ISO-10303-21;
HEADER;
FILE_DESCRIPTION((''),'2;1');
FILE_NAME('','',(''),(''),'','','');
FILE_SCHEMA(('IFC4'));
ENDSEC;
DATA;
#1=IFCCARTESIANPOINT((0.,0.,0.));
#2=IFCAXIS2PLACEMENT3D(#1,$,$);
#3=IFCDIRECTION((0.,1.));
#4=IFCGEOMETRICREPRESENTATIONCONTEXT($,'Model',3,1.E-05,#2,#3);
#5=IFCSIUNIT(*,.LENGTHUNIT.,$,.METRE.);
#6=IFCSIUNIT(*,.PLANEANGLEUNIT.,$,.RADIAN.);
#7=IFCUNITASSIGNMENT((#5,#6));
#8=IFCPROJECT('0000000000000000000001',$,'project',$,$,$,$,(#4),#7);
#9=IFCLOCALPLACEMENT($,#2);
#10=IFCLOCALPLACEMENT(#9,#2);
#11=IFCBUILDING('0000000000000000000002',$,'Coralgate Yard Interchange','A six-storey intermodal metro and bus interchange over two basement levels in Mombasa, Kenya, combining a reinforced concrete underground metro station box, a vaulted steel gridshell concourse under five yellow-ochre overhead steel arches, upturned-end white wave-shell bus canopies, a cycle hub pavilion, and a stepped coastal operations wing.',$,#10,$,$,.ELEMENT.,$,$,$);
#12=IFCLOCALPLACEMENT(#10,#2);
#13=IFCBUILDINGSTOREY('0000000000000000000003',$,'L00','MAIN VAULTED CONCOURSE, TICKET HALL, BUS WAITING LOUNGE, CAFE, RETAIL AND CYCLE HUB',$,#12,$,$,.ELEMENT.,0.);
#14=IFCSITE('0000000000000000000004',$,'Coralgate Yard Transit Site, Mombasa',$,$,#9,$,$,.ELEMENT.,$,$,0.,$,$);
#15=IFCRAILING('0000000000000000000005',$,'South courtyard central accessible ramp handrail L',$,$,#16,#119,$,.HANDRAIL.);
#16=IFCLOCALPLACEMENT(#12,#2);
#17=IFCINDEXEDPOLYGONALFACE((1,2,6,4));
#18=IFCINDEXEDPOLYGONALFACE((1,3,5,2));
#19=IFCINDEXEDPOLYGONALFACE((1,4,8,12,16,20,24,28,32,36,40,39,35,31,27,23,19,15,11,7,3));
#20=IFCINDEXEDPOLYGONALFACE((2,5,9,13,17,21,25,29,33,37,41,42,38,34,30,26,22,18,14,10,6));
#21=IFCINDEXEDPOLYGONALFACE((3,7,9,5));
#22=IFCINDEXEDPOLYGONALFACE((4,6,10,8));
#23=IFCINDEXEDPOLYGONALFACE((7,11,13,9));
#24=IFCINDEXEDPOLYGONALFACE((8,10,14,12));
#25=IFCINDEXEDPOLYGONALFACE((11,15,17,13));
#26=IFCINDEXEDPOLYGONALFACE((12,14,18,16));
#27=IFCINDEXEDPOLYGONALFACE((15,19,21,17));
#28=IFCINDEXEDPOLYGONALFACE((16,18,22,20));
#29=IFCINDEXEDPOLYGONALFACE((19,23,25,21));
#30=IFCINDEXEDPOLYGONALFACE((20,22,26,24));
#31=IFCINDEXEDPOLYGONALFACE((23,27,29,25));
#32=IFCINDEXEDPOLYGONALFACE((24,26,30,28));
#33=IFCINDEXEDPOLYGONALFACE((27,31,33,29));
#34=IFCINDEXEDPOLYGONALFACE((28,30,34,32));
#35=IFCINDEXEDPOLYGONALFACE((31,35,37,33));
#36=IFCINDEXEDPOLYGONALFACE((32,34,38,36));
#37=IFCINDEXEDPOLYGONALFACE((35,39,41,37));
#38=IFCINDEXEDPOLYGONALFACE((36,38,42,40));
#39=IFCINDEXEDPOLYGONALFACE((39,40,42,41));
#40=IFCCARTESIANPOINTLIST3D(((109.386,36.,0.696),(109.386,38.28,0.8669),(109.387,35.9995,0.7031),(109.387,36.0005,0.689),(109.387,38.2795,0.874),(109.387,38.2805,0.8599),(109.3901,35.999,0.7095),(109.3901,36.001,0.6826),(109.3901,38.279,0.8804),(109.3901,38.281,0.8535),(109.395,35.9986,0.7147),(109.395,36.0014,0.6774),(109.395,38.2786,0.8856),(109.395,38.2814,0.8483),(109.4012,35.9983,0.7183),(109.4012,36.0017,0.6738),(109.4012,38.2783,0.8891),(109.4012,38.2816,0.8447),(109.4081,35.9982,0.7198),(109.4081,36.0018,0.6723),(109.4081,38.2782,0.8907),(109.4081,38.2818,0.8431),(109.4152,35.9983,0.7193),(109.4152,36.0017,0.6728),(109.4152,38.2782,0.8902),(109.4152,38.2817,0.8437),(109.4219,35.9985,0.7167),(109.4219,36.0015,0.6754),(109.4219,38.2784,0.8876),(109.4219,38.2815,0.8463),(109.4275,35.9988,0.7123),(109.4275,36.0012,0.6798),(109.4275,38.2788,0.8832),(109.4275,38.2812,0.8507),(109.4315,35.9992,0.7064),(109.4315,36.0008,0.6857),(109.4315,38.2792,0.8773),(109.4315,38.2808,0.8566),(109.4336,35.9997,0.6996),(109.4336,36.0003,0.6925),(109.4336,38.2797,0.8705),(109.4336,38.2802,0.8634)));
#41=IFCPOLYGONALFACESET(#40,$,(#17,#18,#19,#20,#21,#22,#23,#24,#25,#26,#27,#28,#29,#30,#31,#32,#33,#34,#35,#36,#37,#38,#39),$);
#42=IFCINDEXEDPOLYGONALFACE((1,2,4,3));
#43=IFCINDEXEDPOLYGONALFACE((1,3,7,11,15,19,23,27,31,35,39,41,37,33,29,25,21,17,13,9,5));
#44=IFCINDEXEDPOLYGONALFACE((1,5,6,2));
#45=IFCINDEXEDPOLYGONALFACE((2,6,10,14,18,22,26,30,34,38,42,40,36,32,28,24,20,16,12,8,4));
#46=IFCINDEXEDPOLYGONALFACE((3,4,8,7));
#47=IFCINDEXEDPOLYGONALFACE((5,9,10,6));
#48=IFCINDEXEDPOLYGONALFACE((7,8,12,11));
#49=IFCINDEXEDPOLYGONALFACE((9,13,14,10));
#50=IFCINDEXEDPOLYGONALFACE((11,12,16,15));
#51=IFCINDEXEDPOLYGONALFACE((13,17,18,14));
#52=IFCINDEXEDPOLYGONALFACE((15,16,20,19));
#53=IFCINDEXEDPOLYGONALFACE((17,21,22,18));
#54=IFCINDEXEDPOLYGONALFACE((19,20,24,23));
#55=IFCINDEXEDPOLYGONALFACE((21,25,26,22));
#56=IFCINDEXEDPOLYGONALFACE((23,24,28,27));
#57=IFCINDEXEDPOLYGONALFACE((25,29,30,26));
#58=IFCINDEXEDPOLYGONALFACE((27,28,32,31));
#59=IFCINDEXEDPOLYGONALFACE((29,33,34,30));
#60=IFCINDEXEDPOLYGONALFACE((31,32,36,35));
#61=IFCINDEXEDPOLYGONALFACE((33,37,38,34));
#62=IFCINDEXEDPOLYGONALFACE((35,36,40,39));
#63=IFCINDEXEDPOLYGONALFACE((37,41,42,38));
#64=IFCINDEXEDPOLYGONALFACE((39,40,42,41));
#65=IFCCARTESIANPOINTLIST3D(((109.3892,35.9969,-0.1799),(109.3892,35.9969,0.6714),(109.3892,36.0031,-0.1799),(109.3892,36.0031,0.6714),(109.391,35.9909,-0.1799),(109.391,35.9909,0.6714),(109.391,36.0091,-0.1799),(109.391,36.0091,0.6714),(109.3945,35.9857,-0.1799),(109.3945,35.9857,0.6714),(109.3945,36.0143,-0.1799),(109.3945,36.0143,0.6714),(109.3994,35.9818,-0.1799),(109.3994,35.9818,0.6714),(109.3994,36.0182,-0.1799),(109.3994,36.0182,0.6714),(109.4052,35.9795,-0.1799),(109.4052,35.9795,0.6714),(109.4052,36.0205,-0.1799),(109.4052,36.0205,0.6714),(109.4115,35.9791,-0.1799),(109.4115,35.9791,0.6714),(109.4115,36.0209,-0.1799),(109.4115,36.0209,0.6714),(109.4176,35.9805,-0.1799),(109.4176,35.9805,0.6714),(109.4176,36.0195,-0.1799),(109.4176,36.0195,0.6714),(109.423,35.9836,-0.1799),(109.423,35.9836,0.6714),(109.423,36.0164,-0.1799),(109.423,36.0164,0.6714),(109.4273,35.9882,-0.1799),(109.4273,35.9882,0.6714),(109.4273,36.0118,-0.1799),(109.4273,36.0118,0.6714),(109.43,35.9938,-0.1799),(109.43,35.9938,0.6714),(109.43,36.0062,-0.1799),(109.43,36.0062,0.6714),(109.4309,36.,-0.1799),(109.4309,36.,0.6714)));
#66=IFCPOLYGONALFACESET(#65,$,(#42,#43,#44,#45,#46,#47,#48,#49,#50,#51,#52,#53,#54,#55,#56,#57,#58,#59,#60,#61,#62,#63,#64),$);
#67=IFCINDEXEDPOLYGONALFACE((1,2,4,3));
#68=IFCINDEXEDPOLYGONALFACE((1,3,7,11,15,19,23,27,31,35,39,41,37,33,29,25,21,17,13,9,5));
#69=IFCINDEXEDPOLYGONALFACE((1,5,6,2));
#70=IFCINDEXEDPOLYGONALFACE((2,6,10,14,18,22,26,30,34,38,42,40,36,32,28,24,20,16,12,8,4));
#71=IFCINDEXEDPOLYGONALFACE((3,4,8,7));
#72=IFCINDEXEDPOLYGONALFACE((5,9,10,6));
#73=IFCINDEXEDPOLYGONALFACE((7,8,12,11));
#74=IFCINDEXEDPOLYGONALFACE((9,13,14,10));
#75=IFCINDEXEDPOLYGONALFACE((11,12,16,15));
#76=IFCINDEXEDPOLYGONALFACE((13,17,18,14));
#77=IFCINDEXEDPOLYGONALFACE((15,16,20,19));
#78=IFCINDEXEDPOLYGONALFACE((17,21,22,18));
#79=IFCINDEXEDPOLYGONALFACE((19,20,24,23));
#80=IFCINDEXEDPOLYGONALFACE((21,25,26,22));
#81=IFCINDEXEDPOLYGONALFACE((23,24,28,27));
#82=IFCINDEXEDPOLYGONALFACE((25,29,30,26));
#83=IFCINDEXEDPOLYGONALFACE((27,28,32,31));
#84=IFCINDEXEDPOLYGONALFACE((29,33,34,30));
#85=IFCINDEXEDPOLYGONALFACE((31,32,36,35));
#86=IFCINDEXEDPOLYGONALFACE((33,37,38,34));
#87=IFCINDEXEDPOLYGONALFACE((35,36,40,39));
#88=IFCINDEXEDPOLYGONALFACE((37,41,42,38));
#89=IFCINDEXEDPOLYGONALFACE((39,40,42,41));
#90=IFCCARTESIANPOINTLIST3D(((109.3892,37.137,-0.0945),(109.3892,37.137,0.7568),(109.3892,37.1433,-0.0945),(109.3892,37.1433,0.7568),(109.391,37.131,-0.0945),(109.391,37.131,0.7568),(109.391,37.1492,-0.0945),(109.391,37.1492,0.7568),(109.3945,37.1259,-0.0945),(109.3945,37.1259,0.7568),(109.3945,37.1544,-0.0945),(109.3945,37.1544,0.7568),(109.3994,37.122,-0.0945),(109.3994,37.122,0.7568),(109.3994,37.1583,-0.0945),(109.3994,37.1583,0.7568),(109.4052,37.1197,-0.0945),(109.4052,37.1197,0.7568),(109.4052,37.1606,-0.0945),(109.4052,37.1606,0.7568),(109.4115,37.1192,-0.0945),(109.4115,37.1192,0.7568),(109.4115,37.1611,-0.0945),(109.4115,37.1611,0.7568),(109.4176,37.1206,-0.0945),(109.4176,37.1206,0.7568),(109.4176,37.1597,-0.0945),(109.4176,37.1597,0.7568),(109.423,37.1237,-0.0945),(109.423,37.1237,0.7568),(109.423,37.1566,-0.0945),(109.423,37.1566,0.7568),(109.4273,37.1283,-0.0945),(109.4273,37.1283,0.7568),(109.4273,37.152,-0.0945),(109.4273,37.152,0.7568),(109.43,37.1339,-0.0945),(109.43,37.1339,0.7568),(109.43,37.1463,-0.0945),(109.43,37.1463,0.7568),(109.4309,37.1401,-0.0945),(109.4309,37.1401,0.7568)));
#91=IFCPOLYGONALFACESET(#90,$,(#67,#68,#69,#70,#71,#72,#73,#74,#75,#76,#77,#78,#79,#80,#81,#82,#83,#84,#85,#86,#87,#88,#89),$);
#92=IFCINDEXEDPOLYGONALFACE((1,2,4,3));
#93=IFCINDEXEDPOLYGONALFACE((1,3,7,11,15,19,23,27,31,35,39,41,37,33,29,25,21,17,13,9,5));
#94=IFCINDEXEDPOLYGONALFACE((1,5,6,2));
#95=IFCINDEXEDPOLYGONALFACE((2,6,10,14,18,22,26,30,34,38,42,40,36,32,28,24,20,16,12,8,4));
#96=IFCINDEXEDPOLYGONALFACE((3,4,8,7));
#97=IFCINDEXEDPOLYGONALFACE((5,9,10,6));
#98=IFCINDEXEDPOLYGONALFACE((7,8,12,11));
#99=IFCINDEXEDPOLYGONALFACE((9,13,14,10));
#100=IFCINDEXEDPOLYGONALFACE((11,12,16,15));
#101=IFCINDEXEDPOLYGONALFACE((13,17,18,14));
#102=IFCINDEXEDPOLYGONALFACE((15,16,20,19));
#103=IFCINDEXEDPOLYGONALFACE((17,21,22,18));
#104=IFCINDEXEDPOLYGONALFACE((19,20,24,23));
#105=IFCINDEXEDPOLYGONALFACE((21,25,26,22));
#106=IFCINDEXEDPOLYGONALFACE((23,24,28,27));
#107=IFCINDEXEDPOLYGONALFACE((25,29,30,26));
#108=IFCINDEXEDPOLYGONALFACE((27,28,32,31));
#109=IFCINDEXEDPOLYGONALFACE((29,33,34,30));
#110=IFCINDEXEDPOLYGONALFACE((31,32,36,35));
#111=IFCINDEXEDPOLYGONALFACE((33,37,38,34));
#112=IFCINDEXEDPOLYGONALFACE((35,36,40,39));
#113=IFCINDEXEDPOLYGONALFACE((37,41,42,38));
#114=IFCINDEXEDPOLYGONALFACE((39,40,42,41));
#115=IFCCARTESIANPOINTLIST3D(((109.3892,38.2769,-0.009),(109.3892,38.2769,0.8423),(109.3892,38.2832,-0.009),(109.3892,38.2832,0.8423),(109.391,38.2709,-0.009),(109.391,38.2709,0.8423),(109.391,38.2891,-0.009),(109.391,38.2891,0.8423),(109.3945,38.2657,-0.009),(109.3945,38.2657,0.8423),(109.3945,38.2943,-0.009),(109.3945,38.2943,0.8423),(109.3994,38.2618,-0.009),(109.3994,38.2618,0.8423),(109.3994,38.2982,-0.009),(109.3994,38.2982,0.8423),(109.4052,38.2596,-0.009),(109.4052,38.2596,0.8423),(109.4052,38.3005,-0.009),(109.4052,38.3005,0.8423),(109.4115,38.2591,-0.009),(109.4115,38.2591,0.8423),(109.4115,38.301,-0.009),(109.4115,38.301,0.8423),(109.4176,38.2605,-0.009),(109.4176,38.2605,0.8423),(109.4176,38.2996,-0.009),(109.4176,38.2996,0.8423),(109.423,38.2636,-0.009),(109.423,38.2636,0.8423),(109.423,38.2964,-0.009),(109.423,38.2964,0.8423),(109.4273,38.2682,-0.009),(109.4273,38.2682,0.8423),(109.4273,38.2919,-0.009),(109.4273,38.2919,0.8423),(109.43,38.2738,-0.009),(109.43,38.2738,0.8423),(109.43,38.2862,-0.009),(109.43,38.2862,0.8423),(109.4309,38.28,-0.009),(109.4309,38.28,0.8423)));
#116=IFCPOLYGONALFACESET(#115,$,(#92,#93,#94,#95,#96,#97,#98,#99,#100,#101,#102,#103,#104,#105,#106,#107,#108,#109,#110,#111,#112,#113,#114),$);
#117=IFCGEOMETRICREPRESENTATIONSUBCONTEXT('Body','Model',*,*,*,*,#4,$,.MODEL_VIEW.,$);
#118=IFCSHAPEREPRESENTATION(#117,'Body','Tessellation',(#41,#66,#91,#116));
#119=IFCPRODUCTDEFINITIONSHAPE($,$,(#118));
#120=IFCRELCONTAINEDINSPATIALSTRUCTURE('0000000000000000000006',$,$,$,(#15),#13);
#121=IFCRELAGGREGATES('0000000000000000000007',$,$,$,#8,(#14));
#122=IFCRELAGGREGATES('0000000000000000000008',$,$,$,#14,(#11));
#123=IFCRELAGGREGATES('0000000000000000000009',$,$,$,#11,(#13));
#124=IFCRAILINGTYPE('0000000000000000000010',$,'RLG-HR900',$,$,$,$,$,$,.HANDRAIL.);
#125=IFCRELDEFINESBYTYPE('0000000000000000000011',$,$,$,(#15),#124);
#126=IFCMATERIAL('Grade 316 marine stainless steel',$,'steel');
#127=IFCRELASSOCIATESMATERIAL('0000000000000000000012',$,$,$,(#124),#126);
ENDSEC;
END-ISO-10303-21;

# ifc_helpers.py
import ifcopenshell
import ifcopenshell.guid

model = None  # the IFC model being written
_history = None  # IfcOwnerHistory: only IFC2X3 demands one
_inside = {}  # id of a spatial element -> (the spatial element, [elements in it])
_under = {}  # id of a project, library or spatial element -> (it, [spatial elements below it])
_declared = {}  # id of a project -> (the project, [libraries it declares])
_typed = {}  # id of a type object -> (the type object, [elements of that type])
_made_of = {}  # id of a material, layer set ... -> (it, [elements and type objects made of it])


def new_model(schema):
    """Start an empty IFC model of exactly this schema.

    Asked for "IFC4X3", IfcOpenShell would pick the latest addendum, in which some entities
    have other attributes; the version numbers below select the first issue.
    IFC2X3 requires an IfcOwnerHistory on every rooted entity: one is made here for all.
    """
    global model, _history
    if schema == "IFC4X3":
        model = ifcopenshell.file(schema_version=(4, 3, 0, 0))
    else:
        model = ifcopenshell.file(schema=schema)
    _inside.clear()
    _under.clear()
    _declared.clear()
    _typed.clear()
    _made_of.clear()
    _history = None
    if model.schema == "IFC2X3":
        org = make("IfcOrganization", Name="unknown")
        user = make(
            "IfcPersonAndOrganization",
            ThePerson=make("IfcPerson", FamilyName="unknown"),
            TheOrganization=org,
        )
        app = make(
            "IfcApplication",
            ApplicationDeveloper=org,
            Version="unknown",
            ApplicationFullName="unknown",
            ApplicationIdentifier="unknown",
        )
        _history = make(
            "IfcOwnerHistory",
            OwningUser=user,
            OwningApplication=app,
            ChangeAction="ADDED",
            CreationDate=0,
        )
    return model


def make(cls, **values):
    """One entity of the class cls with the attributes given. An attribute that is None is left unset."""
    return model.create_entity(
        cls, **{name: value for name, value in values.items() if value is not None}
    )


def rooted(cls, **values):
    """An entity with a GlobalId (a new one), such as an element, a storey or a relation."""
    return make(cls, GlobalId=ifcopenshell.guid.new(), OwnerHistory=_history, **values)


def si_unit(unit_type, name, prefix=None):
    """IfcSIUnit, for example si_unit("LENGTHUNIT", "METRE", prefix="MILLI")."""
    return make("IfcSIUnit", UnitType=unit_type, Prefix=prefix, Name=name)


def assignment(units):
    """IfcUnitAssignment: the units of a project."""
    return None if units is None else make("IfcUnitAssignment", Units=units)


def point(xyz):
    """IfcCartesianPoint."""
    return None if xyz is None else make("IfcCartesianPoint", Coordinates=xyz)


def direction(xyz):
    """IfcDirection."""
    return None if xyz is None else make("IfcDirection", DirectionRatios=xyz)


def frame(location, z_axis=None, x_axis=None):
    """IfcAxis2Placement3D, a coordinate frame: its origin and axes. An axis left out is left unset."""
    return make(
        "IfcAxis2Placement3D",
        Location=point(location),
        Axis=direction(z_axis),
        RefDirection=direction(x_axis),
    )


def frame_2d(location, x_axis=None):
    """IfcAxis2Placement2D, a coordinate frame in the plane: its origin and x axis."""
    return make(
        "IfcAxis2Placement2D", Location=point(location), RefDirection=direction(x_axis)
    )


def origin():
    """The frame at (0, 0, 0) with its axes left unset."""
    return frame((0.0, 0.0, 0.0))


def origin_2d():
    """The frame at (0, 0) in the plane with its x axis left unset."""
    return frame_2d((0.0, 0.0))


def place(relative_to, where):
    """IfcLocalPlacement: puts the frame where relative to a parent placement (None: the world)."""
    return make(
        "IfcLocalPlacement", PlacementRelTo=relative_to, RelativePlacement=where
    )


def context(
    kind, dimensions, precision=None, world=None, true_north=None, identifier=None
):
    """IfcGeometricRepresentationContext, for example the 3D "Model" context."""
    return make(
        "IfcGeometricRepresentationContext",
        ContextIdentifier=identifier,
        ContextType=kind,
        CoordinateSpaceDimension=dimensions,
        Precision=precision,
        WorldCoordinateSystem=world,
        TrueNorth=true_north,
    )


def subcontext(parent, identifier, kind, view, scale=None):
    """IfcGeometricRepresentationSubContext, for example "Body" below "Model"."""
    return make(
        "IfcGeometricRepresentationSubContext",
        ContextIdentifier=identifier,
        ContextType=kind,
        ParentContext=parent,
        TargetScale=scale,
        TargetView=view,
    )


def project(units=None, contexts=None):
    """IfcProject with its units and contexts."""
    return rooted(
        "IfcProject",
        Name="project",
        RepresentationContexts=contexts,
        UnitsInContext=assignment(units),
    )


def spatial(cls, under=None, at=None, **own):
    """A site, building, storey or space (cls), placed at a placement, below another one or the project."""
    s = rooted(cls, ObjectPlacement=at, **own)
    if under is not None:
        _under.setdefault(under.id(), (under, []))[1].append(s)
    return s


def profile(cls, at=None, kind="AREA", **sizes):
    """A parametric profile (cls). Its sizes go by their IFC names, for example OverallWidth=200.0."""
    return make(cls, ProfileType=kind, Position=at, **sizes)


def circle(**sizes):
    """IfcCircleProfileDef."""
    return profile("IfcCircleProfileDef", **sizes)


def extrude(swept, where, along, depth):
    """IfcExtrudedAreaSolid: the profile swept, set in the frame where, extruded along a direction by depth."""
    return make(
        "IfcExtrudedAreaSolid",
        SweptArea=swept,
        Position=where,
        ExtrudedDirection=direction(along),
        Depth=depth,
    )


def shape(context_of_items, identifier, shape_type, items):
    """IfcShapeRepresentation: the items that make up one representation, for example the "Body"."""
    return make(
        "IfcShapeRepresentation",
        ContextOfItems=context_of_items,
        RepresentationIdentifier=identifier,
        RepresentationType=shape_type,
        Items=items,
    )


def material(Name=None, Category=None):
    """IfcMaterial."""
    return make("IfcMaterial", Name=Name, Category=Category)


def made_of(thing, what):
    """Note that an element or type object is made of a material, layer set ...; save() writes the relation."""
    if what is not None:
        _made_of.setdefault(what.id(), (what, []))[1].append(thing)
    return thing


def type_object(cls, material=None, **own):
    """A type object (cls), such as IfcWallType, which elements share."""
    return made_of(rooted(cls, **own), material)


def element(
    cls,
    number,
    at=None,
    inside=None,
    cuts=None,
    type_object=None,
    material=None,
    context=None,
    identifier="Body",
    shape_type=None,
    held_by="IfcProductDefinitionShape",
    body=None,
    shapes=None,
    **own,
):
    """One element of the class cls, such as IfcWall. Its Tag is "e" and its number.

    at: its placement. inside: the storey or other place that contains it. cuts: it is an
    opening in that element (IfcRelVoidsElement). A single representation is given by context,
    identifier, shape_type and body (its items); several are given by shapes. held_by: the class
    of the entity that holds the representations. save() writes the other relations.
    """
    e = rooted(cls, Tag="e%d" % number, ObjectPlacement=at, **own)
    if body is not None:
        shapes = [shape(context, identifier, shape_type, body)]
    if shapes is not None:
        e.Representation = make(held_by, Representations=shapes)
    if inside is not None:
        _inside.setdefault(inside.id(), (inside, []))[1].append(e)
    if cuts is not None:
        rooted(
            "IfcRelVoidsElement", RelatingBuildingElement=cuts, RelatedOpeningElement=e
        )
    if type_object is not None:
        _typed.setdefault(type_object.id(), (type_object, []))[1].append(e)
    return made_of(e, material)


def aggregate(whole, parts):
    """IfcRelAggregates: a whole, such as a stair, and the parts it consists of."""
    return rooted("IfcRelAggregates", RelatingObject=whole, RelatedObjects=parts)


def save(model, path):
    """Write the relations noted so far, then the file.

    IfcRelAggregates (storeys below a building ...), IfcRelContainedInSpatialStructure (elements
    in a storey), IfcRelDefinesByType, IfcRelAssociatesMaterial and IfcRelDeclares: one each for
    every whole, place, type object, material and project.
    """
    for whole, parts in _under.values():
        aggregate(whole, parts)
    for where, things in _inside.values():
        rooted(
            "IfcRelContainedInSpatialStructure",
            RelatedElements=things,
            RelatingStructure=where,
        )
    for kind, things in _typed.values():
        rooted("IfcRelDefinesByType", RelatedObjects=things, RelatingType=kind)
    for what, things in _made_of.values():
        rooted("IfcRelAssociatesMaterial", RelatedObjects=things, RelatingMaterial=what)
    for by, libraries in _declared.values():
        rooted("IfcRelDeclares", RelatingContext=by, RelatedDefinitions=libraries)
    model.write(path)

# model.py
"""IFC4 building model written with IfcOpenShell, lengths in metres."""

from ifc_helpers import new_model, si_unit, direction, frame, origin, origin_2d, place, context, subcontext, project, spatial, circle, extrude, material, type_object, element, save


model = new_model("IFC4")

# Units and contexts
model_context = context("Model", 3, precision=1e-05, world=origin(), true_north=direction((0.0, 1.0)))
body_context = subcontext(model_context, "Body", "Model", "MODEL_VIEW")
ifc_project = project(units=[si_unit("LENGTHUNIT", "METRE"), si_unit("PLANEANGLEUNIT", "RADIAN")], contexts=[model_context])

# Site, building, storey
site_placement = place(None, origin())
site = spatial("IfcSite", under=ifc_project, at=site_placement, Name="Coralgate Yard Transit Site, Mombasa", CompositionType="ELEMENT", RefElevation=0.0)
building_placement = place(site_placement, origin())
building = spatial("IfcBuilding", under=site, at=building_placement, Name="Coralgate Yard Interchange", Description="A six-storey intermodal metro and bus interchange over two basement levels in Mombasa, Kenya, combining a reinforced concrete underground metro station box, a vaulted steel gridshell concourse under five yellow-ochre overhead steel arches, upturned-end white wave-shell bus canopies, a cycle hub pavilion, and a stepped coastal operations wing.", CompositionType="ELEMENT")
storey_placement = place(building_placement, origin())
storey = spatial("IfcBuildingStorey", under=building, at=storey_placement, Name="L00", Description="MAIN VAULTED CONCOURSE, TICKET HALL, BUS WAITING LOUNGE, CAFE, RETAIL AND CYCLE HUB", CompositionType="ELEMENT", Elevation=0.0)

# Railing
ifc_material_1 = material(Name="Grade 316 marine stainless steel", Category="steel")
railing_type = type_object("IfcRailingType", Name="RLG-HR900", PredefinedType="HANDRAIL", material=ifc_material_1)
railing_placement = place(storey_placement, frame((109.4099, 36.0, -0.1799)))
element("IfcRailing", 1, at=railing_placement, inside=storey, type_object=railing_type, Name="South courtyard central accessible ramp handrail L", PredefinedType="HANDRAIL", context=body_context, shape_type="SweptSolid", body=[
    extrude(circle(Radius=0.0239, at=origin_2d()), frame((0.0, 0.0, 0.876), z_axis=(0.0, 0.997203, 0.074745), x_axis=(-1.0, 0.0, 0.0)), (0.0, 0.0, 1.0), 2.2864),
    extrude(circle(Radius=0.021, at=origin_2d()), origin(), (0.0, 0.0, 1.0), 0.8513),
    extrude(circle(Radius=0.021, at=origin_2d()), frame((0.0, 1.1401, 0.0854)), (0.0, 0.0, 1.0), 0.8513),
    extrude(circle(Radius=0.021, at=origin_2d()), frame((0.0, 2.28, 0.1709)), (0.0, 0.0, 1.0), 0.8513),
])

save(model, "model.ifc")
